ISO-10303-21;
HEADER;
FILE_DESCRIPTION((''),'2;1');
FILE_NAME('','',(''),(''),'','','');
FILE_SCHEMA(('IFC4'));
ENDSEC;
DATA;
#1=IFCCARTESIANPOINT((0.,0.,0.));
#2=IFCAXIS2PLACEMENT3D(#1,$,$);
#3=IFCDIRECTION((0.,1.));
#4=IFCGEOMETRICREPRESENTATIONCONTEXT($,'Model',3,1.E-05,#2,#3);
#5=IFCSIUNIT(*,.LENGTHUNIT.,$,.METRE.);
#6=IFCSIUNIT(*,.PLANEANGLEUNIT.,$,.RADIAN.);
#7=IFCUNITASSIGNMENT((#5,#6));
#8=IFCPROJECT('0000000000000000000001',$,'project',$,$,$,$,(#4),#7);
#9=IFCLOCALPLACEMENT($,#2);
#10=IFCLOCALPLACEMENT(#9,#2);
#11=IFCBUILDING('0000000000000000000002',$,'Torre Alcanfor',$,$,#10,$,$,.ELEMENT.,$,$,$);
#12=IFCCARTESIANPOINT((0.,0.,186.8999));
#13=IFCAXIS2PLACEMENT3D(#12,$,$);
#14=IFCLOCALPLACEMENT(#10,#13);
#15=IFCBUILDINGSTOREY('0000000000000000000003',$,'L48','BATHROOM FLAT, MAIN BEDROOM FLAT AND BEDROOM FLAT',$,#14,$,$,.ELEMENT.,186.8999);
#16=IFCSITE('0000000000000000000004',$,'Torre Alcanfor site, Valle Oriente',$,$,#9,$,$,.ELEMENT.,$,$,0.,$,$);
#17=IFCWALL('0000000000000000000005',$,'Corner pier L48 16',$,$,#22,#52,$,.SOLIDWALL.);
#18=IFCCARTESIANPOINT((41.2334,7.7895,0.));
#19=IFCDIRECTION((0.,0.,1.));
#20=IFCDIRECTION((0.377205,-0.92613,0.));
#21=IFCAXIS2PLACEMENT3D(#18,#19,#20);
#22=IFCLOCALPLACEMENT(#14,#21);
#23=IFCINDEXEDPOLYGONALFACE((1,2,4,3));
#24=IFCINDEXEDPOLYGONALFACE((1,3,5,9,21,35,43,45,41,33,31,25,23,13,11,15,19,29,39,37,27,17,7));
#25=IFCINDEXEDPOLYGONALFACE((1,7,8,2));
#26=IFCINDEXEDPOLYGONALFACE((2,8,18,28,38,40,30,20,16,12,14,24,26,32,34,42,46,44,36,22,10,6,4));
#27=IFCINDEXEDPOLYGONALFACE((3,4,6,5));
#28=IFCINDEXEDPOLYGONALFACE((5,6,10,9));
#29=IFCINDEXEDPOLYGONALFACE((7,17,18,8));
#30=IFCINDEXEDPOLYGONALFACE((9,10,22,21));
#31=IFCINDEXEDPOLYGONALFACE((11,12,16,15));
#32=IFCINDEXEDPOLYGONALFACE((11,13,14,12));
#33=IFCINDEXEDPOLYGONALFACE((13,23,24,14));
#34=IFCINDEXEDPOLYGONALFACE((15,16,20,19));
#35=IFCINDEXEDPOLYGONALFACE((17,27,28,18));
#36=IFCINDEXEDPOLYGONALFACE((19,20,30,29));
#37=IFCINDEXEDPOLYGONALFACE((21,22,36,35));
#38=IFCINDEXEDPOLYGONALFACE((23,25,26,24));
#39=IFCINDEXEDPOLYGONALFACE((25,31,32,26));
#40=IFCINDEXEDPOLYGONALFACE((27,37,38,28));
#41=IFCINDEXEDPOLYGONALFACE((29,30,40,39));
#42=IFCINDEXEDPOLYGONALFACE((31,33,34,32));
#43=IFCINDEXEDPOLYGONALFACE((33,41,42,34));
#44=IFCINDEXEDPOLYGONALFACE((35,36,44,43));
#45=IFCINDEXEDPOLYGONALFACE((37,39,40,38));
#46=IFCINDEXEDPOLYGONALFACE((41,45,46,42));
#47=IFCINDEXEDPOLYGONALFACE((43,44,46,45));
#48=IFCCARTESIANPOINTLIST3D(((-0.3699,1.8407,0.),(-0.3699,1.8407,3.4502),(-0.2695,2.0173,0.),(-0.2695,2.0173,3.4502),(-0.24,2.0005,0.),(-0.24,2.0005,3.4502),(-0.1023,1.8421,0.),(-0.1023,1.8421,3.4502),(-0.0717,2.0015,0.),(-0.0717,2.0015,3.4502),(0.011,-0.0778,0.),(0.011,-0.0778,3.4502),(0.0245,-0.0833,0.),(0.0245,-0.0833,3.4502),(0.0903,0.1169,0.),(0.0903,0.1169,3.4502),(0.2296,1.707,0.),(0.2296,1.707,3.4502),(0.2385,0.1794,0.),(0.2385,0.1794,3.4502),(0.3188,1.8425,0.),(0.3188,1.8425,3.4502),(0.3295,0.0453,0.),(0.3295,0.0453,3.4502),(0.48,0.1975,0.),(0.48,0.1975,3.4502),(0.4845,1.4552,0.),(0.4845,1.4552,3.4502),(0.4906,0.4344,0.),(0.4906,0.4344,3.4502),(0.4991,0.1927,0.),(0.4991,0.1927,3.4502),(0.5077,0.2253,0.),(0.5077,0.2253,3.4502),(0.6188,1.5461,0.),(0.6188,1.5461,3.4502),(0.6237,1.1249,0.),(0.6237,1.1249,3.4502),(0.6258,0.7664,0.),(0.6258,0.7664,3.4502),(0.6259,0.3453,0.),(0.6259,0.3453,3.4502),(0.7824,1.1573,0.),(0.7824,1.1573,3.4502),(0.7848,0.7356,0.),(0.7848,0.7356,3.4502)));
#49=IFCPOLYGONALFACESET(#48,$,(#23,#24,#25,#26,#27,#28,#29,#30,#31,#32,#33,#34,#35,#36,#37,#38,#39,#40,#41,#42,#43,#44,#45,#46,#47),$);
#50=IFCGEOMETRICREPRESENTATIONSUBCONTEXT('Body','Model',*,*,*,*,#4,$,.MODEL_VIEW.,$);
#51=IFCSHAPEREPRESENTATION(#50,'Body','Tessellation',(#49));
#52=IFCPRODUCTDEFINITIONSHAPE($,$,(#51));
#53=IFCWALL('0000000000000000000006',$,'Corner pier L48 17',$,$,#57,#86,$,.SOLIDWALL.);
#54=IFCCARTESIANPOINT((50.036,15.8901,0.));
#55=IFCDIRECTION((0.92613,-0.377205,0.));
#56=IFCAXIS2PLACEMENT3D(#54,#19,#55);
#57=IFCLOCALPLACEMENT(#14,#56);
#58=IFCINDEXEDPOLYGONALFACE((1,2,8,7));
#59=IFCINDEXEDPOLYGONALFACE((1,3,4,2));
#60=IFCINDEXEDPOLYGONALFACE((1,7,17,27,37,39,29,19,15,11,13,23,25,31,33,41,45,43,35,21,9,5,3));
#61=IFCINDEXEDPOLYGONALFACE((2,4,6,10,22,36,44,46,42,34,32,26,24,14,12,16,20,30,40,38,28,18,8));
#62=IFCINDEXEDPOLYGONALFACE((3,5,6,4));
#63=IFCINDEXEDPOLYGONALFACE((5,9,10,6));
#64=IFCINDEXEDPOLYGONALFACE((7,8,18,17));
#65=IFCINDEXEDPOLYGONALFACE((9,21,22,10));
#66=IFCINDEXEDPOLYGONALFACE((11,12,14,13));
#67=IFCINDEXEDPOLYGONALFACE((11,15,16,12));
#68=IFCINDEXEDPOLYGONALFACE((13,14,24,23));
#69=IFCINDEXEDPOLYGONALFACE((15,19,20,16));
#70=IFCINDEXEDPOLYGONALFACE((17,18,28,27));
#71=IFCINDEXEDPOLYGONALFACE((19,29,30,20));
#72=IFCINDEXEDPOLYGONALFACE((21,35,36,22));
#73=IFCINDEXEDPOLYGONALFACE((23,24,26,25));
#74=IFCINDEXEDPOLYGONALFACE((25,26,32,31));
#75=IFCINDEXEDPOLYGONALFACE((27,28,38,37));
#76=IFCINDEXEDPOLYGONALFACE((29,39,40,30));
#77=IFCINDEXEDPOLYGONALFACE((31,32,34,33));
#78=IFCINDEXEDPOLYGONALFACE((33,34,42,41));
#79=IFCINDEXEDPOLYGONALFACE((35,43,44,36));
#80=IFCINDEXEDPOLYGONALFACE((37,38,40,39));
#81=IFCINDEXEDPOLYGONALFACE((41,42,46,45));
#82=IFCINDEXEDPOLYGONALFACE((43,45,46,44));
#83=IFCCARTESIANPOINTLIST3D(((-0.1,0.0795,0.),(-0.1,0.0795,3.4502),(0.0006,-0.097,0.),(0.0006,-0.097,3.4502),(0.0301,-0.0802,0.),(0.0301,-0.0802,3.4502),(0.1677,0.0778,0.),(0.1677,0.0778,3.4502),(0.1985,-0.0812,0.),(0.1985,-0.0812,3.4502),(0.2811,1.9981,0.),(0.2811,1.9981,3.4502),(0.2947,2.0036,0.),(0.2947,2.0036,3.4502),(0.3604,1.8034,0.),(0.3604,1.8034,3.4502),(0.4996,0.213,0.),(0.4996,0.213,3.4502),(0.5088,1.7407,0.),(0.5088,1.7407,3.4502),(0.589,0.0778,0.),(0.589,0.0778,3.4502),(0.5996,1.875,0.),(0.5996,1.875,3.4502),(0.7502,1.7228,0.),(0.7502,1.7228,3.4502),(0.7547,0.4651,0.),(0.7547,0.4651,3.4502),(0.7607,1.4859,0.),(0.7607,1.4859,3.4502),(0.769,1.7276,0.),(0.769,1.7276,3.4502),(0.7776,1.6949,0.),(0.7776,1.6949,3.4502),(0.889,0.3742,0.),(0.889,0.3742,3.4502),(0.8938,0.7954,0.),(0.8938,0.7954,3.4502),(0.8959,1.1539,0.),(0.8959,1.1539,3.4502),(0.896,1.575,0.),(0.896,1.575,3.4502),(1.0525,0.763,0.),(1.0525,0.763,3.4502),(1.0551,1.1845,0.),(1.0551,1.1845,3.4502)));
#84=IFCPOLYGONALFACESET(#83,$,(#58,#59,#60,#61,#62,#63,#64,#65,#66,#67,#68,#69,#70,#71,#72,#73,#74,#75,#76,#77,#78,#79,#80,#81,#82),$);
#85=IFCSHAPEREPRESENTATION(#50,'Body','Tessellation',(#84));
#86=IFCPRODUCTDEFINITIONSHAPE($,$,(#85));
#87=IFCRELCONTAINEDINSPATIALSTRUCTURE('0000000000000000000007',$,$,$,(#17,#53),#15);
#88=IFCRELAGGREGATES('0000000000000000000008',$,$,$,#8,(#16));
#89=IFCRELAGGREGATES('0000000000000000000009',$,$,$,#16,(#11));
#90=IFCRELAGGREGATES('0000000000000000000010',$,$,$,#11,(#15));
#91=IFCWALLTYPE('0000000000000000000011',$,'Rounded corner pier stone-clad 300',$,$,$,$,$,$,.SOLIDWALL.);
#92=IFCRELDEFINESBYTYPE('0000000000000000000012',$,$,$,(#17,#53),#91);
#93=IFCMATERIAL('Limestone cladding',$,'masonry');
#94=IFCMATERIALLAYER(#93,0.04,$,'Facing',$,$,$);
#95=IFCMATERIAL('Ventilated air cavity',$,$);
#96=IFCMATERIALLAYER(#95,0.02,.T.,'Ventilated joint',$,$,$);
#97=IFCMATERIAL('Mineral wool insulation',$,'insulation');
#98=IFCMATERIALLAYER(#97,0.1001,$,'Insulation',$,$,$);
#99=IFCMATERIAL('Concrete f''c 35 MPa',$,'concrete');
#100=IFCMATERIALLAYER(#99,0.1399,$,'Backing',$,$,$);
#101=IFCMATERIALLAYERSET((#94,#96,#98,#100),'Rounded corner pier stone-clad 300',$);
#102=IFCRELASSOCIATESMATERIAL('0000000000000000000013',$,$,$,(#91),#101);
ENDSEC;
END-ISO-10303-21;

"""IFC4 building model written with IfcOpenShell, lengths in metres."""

from ifc_helpers import new_model, si_unit, direction, frame, origin, place, context, subcontext, project, spatial, polyline, outline, extrude, material, layer, layer_set, type_object, element, save


model = new_model("IFC4")

# Units and contexts
model_context = context("Model", 3, precision=1e-05, world=origin(), true_north=direction((0.0, 1.0)))
body_context = subcontext(model_context, "Body", "Model", "MODEL_VIEW")
ifc_project = project(units=[si_unit("LENGTHUNIT", "METRE"), si_unit("PLANEANGLEUNIT", "RADIAN")], contexts=[model_context])

# Site, building, storey
site_placement = place(None, origin())
site = spatial("IfcSite", under=ifc_project, at=site_placement, Name="Torre Alcanfor site, Valle Oriente", CompositionType="ELEMENT", RefElevation=0.0)
building_placement = place(site_placement, origin())
building = spatial("IfcBuilding", under=site, at=building_placement, Name="Torre Alcanfor", CompositionType="ELEMENT")
storey_placement = place(building_placement, frame((0.0, 0.0, 186.8999)))
storey = spatial("IfcBuildingStorey", under=building, at=storey_placement, Name="L48", Description="BATHROOM FLAT, MAIN BEDROOM FLAT AND BEDROOM FLAT", CompositionType="ELEMENT", Elevation=186.8999)

# Shared definitions
ifc_material_1 = material(Name="Limestone cladding", Category="masonry")
ifc_material_2 = material(Name="Ventilated air cavity")
ifc_material_3 = material(Name="Mineral wool insulation", Category="insulation")
ifc_material_4 = material(Name="Concrete f'c 35 MPa", Category="concrete")

# Walls
ifc_layer_1 = layer(ifc_material_1, 0.04, Name="Facing")
ifc_layer_2 = layer(ifc_material_2, 0.02, ventilated=True, Name="Ventilated joint")
ifc_layer_3 = layer(ifc_material_3, 0.1001, Name="Insulation")
ifc_layer_4 = layer(ifc_material_4, 0.1399, Name="Backing")
ifc_layer_set_1 = layer_set([ifc_layer_1, ifc_layer_2, ifc_layer_3, ifc_layer_4], Name="Rounded corner pier stone-clad 300")
wall_type_1 = type_object("IfcWallType", Name="Rounded corner pier stone-clad 300", PredefinedType="SOLIDWALL", material=ifc_layer_set_1)
wall_1_placement = place(storey_placement, frame((41.2334, 7.7895, 0.0), z_axis=(0.0, 0.0, 1.0), x_axis=(0.377205, -0.92613, 0.0)))
element("IfcWall", 1, at=wall_1_placement, inside=storey, type_object=wall_type_1, Name="Corner pier L48 16", PredefinedType="SOLIDWALL", context=body_context, shape_type="SweptSolid", body=[
    extrude(outline(polyline([(0.3188, 1.8425), (-0.0717, 2.0015), (-0.24, 2.0005), (-0.2695, 2.0173), (-0.3699, 1.8407), (-0.1023, 1.8421), (0.2296, 1.707), (0.4845, 1.4552), (0.6237, 1.1249), (0.6258, 0.7664), (0.4906, 0.4344), (0.2385, 0.1794), (0.0903, 0.1169), (0.011, -0.0778), (0.0245, -0.0833), (0.3295, 0.0453), (0.48, 0.1975), (0.4991, 0.1927), (0.5077, 0.2253), (0.6259, 0.3453), (0.7848, 0.7356), (0.7824, 1.1573), (0.6188, 1.5461), (0.3188, 1.8425)])), origin(), (0.0, 0.0, 1.0), 3.4502),
])
wall_2_placement = place(storey_placement, frame((50.036, 15.8901, 0.0), z_axis=(0.0, 0.0, 1.0), x_axis=(0.92613, -0.377205, 0.0)))
element("IfcWall", 2, at=wall_2_placement, inside=storey, type_object=wall_type_1, Name="Corner pier L48 17", PredefinedType="SOLIDWALL", context=body_context, shape_type="SweptSolid", body=[
    extrude(outline(polyline([(0.769, 1.7276), (0.7502, 1.7228), (0.5996, 1.875), (0.2947, 2.0036), (0.2811, 1.9981), (0.3604, 1.8034), (0.5088, 1.7407), (0.7607, 1.4859), (0.8959, 1.1539), (0.8938, 0.7954), (0.7547, 0.4651), (0.4996, 0.213), (0.1677, 0.0778), (-0.1, 0.0795), (0.0006, -0.097), (0.0301, -0.0802), (0.1985, -0.0812), (0.589, 0.0778), (0.889, 0.3742), (1.0525, 0.763), (1.0551, 1.1845), (0.896, 1.575), (0.7776, 1.6949), (0.769, 1.7276)])), origin(), (0.0, 0.0, 1.0), 3.4502),
])

save(model, "model.ifc")
